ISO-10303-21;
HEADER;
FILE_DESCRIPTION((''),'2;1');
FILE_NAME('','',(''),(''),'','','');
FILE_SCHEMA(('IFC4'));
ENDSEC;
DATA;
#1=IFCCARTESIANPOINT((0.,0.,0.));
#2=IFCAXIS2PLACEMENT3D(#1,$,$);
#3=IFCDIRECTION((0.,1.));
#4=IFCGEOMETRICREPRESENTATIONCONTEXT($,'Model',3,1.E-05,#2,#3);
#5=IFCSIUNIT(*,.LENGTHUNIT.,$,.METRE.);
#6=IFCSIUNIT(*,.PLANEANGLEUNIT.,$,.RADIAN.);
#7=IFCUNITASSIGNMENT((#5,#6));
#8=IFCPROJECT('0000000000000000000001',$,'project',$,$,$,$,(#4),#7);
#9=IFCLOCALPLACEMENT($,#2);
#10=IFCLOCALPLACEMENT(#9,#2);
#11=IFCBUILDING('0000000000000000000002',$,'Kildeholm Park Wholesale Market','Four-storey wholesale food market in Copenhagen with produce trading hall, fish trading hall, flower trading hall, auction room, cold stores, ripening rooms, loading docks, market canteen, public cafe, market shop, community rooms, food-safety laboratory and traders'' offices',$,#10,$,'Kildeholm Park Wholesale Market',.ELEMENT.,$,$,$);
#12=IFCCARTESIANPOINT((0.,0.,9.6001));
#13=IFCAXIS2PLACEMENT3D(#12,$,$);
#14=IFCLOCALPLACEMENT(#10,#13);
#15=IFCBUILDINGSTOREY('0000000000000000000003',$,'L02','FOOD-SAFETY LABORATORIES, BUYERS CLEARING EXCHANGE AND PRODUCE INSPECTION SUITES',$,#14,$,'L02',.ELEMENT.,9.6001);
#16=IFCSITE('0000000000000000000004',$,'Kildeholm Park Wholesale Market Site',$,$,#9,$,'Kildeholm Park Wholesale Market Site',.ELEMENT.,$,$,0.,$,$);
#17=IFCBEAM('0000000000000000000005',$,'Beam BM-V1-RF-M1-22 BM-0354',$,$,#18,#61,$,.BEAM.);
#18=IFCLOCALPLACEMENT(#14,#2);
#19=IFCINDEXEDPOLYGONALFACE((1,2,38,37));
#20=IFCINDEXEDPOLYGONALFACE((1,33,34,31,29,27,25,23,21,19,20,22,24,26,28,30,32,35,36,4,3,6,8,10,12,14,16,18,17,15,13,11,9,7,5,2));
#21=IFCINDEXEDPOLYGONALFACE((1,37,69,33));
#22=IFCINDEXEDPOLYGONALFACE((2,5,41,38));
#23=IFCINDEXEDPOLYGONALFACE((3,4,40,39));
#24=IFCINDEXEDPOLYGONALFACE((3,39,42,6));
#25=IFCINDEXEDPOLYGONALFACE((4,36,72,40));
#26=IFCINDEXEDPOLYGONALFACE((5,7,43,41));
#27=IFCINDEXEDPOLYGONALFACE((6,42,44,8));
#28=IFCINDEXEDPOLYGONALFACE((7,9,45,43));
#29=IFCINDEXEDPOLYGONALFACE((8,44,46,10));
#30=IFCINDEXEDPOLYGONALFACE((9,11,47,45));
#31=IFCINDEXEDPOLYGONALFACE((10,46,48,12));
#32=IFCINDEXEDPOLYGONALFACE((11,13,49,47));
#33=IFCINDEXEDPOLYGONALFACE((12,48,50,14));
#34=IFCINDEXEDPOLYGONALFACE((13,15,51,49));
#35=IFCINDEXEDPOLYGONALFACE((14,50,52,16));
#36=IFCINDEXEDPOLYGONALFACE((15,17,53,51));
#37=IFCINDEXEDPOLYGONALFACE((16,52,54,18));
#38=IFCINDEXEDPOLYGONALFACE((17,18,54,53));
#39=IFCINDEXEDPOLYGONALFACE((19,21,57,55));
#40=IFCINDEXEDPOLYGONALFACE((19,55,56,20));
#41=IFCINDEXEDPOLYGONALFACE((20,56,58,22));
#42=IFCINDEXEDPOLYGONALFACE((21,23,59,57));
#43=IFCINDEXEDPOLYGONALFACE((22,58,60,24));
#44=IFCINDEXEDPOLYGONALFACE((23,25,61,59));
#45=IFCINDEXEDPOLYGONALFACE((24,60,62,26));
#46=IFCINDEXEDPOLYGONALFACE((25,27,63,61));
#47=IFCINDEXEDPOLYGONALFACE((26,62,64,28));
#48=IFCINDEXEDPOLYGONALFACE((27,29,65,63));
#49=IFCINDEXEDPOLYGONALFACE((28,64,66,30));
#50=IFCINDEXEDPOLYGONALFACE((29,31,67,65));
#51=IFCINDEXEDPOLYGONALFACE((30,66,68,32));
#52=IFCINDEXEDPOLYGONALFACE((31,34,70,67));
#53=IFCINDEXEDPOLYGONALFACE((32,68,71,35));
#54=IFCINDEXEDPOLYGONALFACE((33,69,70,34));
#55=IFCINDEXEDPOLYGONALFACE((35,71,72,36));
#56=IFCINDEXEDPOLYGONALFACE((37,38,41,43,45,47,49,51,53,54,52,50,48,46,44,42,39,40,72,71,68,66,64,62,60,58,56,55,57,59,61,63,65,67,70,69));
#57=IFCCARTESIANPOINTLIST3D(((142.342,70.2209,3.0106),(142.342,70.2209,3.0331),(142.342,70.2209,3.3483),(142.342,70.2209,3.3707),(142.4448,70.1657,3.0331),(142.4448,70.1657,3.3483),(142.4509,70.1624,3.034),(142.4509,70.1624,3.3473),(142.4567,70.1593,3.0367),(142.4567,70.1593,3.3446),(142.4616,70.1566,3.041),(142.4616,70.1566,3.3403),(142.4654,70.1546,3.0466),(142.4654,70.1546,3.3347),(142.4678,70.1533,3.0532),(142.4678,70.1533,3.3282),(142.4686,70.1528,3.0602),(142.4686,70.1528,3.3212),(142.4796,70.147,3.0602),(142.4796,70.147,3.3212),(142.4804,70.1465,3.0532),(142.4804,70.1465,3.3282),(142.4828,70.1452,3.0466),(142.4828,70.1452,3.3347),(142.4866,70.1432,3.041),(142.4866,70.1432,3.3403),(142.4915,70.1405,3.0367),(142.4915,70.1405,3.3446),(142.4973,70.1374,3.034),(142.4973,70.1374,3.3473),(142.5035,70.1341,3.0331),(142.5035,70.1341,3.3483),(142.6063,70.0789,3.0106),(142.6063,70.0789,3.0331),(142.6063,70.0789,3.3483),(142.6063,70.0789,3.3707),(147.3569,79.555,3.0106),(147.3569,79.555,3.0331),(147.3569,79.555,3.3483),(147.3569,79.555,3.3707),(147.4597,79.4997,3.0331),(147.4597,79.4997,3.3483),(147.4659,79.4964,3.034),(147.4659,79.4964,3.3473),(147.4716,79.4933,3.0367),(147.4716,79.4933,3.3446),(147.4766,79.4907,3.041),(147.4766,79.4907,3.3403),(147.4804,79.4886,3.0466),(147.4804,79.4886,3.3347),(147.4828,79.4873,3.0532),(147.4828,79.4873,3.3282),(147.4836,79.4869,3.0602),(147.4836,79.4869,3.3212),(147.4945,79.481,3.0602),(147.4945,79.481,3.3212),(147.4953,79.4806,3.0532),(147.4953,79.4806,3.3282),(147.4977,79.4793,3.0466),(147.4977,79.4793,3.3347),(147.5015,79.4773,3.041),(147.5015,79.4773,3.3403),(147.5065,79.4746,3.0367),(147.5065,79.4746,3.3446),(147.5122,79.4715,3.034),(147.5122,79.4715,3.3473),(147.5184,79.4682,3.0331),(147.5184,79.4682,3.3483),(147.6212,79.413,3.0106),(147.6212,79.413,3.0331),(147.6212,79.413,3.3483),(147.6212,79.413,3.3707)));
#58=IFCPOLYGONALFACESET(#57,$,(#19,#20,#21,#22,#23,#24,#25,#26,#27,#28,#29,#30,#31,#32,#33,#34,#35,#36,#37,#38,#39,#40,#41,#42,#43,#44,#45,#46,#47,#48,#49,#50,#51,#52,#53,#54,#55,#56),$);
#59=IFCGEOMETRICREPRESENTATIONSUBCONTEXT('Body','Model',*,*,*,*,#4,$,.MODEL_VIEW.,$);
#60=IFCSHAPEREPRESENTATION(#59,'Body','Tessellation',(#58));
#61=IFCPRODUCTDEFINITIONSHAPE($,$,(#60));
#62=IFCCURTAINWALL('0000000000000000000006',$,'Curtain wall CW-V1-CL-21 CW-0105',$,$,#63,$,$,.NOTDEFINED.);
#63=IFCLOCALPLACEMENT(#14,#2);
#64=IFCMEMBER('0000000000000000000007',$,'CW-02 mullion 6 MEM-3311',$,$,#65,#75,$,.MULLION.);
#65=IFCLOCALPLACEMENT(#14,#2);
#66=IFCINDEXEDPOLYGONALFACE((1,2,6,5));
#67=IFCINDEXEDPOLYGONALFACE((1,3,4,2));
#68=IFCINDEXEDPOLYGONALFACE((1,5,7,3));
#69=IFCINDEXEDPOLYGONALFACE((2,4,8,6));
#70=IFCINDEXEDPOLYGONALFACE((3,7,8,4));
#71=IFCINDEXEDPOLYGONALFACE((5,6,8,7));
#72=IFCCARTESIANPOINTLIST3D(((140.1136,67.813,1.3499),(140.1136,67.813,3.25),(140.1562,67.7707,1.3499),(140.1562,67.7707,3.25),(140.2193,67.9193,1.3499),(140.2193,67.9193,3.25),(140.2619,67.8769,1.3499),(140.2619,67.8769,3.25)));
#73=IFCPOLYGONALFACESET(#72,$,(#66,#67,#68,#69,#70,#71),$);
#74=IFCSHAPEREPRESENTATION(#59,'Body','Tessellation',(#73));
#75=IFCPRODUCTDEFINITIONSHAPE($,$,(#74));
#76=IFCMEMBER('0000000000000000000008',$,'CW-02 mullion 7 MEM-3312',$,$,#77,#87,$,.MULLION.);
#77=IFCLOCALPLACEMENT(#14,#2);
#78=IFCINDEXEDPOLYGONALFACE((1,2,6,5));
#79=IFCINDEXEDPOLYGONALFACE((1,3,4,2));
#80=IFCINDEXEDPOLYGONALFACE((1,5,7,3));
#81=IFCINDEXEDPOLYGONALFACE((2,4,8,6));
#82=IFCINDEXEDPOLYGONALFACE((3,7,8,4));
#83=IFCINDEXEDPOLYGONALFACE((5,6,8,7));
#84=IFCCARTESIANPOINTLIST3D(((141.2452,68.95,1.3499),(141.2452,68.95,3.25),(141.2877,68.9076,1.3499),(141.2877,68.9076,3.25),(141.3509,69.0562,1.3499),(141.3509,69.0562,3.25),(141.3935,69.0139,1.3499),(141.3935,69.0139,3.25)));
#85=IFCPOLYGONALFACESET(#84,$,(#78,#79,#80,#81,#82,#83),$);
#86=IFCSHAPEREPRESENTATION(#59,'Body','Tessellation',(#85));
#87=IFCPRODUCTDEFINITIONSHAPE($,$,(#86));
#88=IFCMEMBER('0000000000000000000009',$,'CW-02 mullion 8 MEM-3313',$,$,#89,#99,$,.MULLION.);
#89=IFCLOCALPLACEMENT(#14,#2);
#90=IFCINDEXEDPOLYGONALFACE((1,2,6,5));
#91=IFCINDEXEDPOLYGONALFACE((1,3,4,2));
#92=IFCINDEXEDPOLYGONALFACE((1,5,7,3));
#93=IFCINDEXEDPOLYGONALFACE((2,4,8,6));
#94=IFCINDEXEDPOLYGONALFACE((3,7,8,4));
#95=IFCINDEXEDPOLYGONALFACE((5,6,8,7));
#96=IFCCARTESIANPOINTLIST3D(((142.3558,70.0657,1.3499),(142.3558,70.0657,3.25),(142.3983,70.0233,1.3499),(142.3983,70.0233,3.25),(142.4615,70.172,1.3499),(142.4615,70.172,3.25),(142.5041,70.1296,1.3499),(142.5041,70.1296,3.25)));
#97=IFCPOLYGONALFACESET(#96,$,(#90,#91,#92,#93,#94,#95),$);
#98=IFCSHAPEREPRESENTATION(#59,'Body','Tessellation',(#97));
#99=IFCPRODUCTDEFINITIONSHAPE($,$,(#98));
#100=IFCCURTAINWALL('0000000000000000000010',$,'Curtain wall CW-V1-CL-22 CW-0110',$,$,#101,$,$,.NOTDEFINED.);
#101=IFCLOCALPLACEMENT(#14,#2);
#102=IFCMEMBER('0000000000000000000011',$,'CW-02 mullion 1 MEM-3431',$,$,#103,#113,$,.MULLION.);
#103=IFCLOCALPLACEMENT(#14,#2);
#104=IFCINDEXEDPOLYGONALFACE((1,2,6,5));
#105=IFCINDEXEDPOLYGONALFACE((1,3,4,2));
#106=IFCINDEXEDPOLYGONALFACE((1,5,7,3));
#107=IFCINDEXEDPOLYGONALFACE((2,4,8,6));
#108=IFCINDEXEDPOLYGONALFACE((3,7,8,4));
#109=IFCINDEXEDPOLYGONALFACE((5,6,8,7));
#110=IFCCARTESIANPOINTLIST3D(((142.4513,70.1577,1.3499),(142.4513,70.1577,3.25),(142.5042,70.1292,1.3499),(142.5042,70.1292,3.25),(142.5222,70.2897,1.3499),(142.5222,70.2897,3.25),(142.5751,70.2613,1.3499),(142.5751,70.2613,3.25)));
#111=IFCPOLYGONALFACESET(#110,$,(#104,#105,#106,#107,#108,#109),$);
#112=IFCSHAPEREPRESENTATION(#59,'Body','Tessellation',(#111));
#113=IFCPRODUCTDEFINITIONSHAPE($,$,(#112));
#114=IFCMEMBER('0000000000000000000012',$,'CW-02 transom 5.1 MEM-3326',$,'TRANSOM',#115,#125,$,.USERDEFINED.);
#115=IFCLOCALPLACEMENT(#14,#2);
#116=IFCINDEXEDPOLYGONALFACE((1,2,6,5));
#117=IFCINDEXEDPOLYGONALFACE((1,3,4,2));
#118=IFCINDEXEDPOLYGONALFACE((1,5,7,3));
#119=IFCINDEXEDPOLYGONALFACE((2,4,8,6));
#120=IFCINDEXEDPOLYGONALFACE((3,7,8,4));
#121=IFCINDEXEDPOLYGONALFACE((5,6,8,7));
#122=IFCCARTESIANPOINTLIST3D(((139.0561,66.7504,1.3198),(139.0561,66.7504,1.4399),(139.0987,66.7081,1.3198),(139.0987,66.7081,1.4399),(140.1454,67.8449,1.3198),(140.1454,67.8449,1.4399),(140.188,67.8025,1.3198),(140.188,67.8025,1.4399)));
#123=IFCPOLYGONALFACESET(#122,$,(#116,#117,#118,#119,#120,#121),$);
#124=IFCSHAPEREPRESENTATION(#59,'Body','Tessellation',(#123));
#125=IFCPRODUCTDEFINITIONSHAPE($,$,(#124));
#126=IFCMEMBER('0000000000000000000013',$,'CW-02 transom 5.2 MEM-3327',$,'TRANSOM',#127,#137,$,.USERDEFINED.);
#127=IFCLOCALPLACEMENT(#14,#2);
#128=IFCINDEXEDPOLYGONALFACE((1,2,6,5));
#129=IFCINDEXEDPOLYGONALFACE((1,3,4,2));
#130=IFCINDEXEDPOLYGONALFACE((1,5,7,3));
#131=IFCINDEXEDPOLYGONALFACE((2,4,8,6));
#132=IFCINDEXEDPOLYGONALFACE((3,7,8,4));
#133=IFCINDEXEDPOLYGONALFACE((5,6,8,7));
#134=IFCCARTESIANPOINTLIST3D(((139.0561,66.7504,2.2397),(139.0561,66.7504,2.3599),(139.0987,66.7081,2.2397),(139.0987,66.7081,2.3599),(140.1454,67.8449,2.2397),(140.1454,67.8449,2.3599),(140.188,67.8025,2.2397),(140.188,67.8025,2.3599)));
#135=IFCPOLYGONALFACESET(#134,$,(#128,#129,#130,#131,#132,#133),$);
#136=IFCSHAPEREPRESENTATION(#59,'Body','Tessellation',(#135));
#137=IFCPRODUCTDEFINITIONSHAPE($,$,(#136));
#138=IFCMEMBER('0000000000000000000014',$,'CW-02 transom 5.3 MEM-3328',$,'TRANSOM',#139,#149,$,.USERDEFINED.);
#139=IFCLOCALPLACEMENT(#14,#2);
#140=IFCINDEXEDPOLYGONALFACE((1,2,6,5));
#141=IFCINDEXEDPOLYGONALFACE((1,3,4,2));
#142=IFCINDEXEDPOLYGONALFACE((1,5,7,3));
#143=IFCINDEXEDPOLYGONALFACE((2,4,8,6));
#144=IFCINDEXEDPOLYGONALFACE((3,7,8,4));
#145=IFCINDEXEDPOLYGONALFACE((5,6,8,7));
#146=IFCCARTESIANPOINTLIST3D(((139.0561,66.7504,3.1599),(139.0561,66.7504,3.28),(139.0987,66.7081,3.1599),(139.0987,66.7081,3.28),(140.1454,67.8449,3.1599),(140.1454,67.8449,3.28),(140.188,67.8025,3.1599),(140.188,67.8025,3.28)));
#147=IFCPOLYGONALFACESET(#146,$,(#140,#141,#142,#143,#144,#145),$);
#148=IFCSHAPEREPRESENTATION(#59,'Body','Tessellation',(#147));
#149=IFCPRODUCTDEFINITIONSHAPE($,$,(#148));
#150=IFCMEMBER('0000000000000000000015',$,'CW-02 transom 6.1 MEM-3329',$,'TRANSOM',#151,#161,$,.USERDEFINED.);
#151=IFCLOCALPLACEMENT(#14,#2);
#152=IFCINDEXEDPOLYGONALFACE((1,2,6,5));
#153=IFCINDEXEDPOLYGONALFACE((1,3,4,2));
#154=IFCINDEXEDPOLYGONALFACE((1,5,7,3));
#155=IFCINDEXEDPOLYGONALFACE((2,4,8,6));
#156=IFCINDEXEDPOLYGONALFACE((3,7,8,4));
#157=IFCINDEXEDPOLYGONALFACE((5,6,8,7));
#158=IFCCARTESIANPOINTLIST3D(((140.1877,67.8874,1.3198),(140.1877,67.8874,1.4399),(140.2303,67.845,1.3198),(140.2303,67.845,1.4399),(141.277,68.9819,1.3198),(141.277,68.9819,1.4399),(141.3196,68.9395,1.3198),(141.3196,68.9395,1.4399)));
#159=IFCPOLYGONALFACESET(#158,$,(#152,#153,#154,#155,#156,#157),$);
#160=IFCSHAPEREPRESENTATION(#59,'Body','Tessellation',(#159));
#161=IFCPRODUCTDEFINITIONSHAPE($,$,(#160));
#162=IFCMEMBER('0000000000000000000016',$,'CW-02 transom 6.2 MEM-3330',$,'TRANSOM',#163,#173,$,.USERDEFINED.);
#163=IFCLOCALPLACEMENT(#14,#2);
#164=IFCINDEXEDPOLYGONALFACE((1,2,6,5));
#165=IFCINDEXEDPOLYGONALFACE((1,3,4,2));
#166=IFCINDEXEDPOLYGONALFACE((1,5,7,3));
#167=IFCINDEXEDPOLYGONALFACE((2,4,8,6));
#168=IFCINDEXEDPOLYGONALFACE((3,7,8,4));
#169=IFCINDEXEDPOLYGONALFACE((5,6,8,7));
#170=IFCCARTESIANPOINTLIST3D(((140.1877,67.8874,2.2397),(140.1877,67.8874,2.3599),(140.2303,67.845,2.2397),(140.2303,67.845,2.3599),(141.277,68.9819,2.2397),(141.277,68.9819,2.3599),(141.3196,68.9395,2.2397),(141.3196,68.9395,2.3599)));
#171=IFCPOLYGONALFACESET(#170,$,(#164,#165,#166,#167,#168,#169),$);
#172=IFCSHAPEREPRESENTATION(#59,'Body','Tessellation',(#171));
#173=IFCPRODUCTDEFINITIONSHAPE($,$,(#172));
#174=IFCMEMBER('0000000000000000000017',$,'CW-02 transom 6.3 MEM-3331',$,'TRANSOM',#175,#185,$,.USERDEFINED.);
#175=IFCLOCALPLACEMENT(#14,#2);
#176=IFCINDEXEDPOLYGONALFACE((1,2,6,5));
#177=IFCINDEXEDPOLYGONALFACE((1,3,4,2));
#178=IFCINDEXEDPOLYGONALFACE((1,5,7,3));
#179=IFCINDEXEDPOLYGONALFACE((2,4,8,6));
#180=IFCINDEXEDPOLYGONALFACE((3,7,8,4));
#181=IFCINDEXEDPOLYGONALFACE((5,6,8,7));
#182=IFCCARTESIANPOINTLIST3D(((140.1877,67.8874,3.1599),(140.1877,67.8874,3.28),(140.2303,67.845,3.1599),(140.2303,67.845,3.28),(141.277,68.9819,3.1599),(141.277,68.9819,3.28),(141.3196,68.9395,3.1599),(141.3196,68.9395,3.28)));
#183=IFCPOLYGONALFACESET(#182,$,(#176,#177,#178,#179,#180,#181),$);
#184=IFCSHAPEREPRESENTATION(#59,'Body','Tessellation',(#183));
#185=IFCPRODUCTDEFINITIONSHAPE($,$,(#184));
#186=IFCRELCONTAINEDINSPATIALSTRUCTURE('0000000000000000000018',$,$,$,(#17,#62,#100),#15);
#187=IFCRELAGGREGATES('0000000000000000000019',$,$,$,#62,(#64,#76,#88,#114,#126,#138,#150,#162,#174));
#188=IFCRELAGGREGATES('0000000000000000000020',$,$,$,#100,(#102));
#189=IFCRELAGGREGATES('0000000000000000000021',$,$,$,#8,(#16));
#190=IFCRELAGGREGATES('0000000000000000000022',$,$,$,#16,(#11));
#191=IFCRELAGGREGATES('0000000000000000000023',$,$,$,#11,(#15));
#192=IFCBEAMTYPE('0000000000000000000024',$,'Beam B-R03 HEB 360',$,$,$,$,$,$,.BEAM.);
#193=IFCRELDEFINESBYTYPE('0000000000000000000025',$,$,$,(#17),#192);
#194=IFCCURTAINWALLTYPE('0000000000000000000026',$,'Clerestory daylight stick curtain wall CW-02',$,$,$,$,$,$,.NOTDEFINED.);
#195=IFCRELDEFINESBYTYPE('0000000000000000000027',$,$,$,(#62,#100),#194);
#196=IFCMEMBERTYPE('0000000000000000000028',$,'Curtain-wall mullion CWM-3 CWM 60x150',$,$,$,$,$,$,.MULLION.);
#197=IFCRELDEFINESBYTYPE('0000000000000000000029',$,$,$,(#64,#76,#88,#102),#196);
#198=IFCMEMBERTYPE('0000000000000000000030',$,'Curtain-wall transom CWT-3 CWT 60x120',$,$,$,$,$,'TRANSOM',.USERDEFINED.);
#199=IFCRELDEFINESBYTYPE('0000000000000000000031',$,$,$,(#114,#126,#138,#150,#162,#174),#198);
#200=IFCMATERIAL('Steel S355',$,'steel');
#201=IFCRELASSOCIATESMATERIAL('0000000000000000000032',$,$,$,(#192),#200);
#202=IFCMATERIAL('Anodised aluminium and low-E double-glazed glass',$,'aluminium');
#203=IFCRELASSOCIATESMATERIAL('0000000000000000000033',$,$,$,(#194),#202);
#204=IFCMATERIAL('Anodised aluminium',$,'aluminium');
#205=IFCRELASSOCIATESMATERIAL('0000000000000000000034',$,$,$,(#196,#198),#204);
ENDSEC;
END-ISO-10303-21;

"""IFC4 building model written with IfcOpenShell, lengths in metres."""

from ifc_helpers import new_model, si_unit, direction, frame, origin, origin_2d, place, context, subcontext, project, spatial, rectangle, i_section, extrude, material, material_profile, profile_set, type_object, element, aggregate, save


model = new_model("IFC4")

# Units and contexts
model_context = context("Model", 3, precision=1e-05, world=origin(), true_north=direction((0.0, 1.0)))
body_context = subcontext(model_context, "Body", "Model", "MODEL_VIEW")
ifc_project = project(units=[si_unit("LENGTHUNIT", "METRE"), si_unit("PLANEANGLEUNIT", "RADIAN")], contexts=[model_context])

# Site, building, storey
site_placement = place(None, origin())
site = spatial("IfcSite", under=ifc_project, at=site_placement, Name="Kildeholm Park Wholesale Market Site", LongName="Kildeholm Park Wholesale Market Site", CompositionType="ELEMENT", RefElevation=0.0)
building_placement = place(site_placement, origin())
building = spatial("IfcBuilding", under=site, at=building_placement, Name="Kildeholm Park Wholesale Market", Description="Four-storey wholesale food market in Copenhagen with produce trading hall, fish trading hall, flower trading hall, auction room, cold stores, ripening rooms, loading docks, market canteen, public cafe, market shop, community rooms, food-safety laboratory and traders' offices", LongName="Kildeholm Park Wholesale Market", CompositionType="ELEMENT")
storey_placement = place(building_placement, frame((0.0, 0.0, 9.6001)))
storey = spatial("IfcBuildingStorey", under=building, at=storey_placement, Name="L02", Description="FOOD-SAFETY LABORATORIES, BUYERS CLEARING EXCHANGE AND PRODUCE INSPECTION SUITES", LongName="L02", CompositionType="ELEMENT", Elevation=9.6001)

# Shared definitions
ifc_material_1 = material(Name="Steel S355", Category="steel")

# Beam
ifc_material_profile_1 = material_profile(ifc_material_1, i_section(OverallWidth=0.3, OverallDepth=0.3601, WebThickness=0.0125, FlangeThickness=0.0225, FilletRadius=0.0271, at=origin_2d()), Name="HEB 360")
ifc_profile_set_1 = profile_set([ifc_material_profile_1], Name="Steel S355")
beam_type_1 = type_object("IfcBeamType", Name="Beam B-R03 HEB 360", PredefinedType="BEAM", material=ifc_profile_set_1)
beam_1_placement = place(storey_placement, frame((142.4741, 70.1499, 3.1907), z_axis=(0.473288, 0.880908, 0.0), x_axis=(-0.880908, 0.473288, 0.0)))
element("IfcBeam", 1, at=beam_1_placement, inside=storey, type_object=beam_type_1, Name="Beam BM-V1-RF-M1-22 BM-0354", PredefinedType="BEAM", context=body_context, shape_type="SweptSolid", body=[
    extrude(i_section(OverallWidth=0.3, OverallDepth=0.3601, WebThickness=0.0125, FlangeThickness=0.0225, FilletRadius=0.0271, at=origin_2d()), origin(), (0.0, 0.0, 1.0), 10.5959),
])

# Curtain wall, members
ifc_material_2 = material(Name="Anodised aluminium and low-E double-glazed glass", Category="aluminium")
curtain_wall_type = type_object("IfcCurtainWallType", Name="Clerestory daylight stick curtain wall CW-02", PredefinedType="NOTDEFINED", material=ifc_material_2)
curtain_wall_1_placement = place(storey_placement, origin())
curtain_wall_1 = element("IfcCurtainWall", 2, at=curtain_wall_1_placement, inside=storey, type_object=curtain_wall_type, Name="Curtain wall CW-V1-CL-21 CW-0105", PredefinedType="NOTDEFINED")
ifc_material_3 = material(Name="Anodised aluminium", Category="aluminium")
ifc_material_profile_2 = material_profile(ifc_material_3, rectangle(XDim=0.0601, YDim=0.1499, at=origin_2d()), Name="CWM 60x150")
ifc_profile_set_2 = profile_set([ifc_material_profile_2], Name="Anodised aluminium")
member_type_1 = type_object("IfcMemberType", Name="Curtain-wall mullion CWM-3 CWM 60x150", PredefinedType="MULLION", material=ifc_profile_set_2)
member_1_placement = place(storey_placement, frame((140.1877, 67.845, 1.3499), z_axis=(0.0, 0.0, 1.0), x_axis=(-0.708797, 0.705413, 0.0)))
member_1 = element("IfcMember", 3, at=member_1_placement, type_object=member_type_1, Name="CW-02 mullion 6 MEM-3311", PredefinedType="MULLION", context=body_context, shape_type="SweptSolid", body=[
    extrude(rectangle(XDim=0.0601, YDim=0.1499, at=origin_2d()), origin(), (0.0, 0.0, 1.0), 1.9001),
])
member_2_placement = place(storey_placement, frame((141.3193, 68.9819, 1.3499), z_axis=(0.0, 0.0, 1.0), x_axis=(-0.708797, 0.705413, 0.0)))
member_2 = element("IfcMember", 4, at=member_2_placement, type_object=member_type_1, Name="CW-02 mullion 7 MEM-3312", PredefinedType="MULLION", context=body_context, shape_type="SweptSolid", body=[
    extrude(rectangle(XDim=0.0601, YDim=0.1499, at=origin_2d()), origin(), (0.0, 0.0, 1.0), 1.9001),
])
member_3_placement = place(storey_placement, frame((142.4299, 70.0977, 1.3499), z_axis=(0.0, 0.0, 1.0), x_axis=(-0.708797, 0.705413, 0.0)))
member_3 = element("IfcMember", 5, at=member_3_placement, type_object=member_type_1, Name="CW-02 mullion 8 MEM-3313", PredefinedType="MULLION", context=body_context, shape_type="SweptSolid", body=[
    extrude(rectangle(XDim=0.0601, YDim=0.1499, at=origin_2d()), origin(), (0.0, 0.0, 1.0), 1.9001),
])

# Curtain wall, member
curtain_wall_2_placement = place(storey_placement, origin())
curtain_wall_2 = element("IfcCurtainWall", 6, at=curtain_wall_2_placement, inside=storey, type_object=curtain_wall_type, Name="Curtain wall CW-V1-CL-22 CW-0110", PredefinedType="NOTDEFINED")
member_4_placement = place(storey_placement, frame((142.5132, 70.2095, 1.3499), z_axis=(0.0, 0.0, 1.0), x_axis=(-0.88088, 0.47334, 0.0)))
member_4 = element("IfcMember", 7, at=member_4_placement, type_object=member_type_1, Name="CW-02 mullion 1 MEM-3431", PredefinedType="MULLION", context=body_context, shape_type="SweptSolid", body=[
    extrude(rectangle(XDim=0.0601, YDim=0.1499, at=origin_2d()), origin(), (0.0, 0.0, 1.0), 1.9001),
])

# Members
ifc_material_profile_3 = material_profile(ifc_material_3, rectangle(XDim=0.0601, YDim=0.1201, at=origin_2d()), Name="CWT 60x120")
ifc_profile_set_3 = profile_set([ifc_material_profile_3], Name="Anodised aluminium")
member_type_2 = type_object("IfcMemberType", Name="Curtain-wall transom CWT-3 CWT 60x120", ElementType="TRANSOM", PredefinedType="USERDEFINED", material=ifc_profile_set_3)
member_5_placement = place(storey_placement, frame((139.0774, 66.7292, 1.3799), z_axis=(0.705445, 0.708765, 0.0), x_axis=(-0.708765, 0.705445, 0.0)))
member_5 = element("IfcMember", 8, at=member_5_placement, type_object=member_type_2, Name="CW-02 transom 5.1 MEM-3326", ObjectType="TRANSOM", PredefinedType="USERDEFINED", context=body_context, shape_type="SweptSolid", body=[
    extrude(rectangle(XDim=0.0601, YDim=0.1201, at=origin_2d()), origin(), (0.0, 0.0, 1.0), 1.5442),
])
member_6_placement = place(storey_placement, frame((139.0774, 66.7292, 2.2998), z_axis=(0.705445, 0.708765, 0.0), x_axis=(-0.708765, 0.705445, 0.0)))
member_6 = element("IfcMember", 9, at=member_6_placement, type_object=member_type_2, Name="CW-02 transom 5.2 MEM-3327", ObjectType="TRANSOM", PredefinedType="USERDEFINED", context=body_context, shape_type="SweptSolid", body=[
    extrude(rectangle(XDim=0.0601, YDim=0.1201, at=origin_2d()), origin(), (0.0, 0.0, 1.0), 1.5442),
])
member_7_placement = place(storey_placement, frame((139.0774, 66.7292, 3.22), z_axis=(0.705445, 0.708765, 0.0), x_axis=(-0.708765, 0.705445, 0.0)))
member_7 = element("IfcMember", 10, at=member_7_placement, type_object=member_type_2, Name="CW-02 transom 5.3 MEM-3328", ObjectType="TRANSOM", PredefinedType="USERDEFINED", context=body_context, shape_type="SweptSolid", body=[
    extrude(rectangle(XDim=0.0601, YDim=0.1201, at=origin_2d()), origin(), (0.0, 0.0, 1.0), 1.5442),
])
member_8_placement = place(storey_placement, frame((140.209, 67.8662, 1.3799), z_axis=(0.705445, 0.708765, 0.0), x_axis=(-0.708765, 0.705445, 0.0)))
member_8 = element("IfcMember", 11, at=member_8_placement, type_object=member_type_2, Name="CW-02 transom 6.1 MEM-3329", ObjectType="TRANSOM", PredefinedType="USERDEFINED", context=body_context, shape_type="SweptSolid", body=[
    extrude(rectangle(XDim=0.0601, YDim=0.1201, at=origin_2d()), origin(), (0.0, 0.0, 1.0), 1.5442),
])
member_9_placement = place(storey_placement, frame((140.209, 67.8662, 2.2998), z_axis=(0.705445, 0.708765, 0.0), x_axis=(-0.708765, 0.705445, 0.0)))
member_9 = element("IfcMember", 12, at=member_9_placement, type_object=member_type_2, Name="CW-02 transom 6.2 MEM-3330", ObjectType="TRANSOM", PredefinedType="USERDEFINED", context=body_context, shape_type="SweptSolid", body=[
    extrude(rectangle(XDim=0.0601, YDim=0.1201, at=origin_2d()), origin(), (0.0, 0.0, 1.0), 1.5442),
])
member_10_placement = place(storey_placement, frame((140.209, 67.8662, 3.22), z_axis=(0.705445, 0.708765, 0.0), x_axis=(-0.708765, 0.705445, 0.0)))
member_10 = element("IfcMember", 13, at=member_10_placement, type_object=member_type_2, Name="CW-02 transom 6.3 MEM-3331", ObjectType="TRANSOM", PredefinedType="USERDEFINED", context=body_context, shape_type="SweptSolid", body=[
    extrude(rectangle(XDim=0.0601, YDim=0.1201, at=origin_2d()), origin(), (0.0, 0.0, 1.0), 1.5442),
])

aggregate(curtain_wall_1, [member_1, member_2, member_3, member_5, member_6, member_7, member_8, member_9, member_10])
aggregate(curtain_wall_2, [member_4])

save(model, "model.ifc")
